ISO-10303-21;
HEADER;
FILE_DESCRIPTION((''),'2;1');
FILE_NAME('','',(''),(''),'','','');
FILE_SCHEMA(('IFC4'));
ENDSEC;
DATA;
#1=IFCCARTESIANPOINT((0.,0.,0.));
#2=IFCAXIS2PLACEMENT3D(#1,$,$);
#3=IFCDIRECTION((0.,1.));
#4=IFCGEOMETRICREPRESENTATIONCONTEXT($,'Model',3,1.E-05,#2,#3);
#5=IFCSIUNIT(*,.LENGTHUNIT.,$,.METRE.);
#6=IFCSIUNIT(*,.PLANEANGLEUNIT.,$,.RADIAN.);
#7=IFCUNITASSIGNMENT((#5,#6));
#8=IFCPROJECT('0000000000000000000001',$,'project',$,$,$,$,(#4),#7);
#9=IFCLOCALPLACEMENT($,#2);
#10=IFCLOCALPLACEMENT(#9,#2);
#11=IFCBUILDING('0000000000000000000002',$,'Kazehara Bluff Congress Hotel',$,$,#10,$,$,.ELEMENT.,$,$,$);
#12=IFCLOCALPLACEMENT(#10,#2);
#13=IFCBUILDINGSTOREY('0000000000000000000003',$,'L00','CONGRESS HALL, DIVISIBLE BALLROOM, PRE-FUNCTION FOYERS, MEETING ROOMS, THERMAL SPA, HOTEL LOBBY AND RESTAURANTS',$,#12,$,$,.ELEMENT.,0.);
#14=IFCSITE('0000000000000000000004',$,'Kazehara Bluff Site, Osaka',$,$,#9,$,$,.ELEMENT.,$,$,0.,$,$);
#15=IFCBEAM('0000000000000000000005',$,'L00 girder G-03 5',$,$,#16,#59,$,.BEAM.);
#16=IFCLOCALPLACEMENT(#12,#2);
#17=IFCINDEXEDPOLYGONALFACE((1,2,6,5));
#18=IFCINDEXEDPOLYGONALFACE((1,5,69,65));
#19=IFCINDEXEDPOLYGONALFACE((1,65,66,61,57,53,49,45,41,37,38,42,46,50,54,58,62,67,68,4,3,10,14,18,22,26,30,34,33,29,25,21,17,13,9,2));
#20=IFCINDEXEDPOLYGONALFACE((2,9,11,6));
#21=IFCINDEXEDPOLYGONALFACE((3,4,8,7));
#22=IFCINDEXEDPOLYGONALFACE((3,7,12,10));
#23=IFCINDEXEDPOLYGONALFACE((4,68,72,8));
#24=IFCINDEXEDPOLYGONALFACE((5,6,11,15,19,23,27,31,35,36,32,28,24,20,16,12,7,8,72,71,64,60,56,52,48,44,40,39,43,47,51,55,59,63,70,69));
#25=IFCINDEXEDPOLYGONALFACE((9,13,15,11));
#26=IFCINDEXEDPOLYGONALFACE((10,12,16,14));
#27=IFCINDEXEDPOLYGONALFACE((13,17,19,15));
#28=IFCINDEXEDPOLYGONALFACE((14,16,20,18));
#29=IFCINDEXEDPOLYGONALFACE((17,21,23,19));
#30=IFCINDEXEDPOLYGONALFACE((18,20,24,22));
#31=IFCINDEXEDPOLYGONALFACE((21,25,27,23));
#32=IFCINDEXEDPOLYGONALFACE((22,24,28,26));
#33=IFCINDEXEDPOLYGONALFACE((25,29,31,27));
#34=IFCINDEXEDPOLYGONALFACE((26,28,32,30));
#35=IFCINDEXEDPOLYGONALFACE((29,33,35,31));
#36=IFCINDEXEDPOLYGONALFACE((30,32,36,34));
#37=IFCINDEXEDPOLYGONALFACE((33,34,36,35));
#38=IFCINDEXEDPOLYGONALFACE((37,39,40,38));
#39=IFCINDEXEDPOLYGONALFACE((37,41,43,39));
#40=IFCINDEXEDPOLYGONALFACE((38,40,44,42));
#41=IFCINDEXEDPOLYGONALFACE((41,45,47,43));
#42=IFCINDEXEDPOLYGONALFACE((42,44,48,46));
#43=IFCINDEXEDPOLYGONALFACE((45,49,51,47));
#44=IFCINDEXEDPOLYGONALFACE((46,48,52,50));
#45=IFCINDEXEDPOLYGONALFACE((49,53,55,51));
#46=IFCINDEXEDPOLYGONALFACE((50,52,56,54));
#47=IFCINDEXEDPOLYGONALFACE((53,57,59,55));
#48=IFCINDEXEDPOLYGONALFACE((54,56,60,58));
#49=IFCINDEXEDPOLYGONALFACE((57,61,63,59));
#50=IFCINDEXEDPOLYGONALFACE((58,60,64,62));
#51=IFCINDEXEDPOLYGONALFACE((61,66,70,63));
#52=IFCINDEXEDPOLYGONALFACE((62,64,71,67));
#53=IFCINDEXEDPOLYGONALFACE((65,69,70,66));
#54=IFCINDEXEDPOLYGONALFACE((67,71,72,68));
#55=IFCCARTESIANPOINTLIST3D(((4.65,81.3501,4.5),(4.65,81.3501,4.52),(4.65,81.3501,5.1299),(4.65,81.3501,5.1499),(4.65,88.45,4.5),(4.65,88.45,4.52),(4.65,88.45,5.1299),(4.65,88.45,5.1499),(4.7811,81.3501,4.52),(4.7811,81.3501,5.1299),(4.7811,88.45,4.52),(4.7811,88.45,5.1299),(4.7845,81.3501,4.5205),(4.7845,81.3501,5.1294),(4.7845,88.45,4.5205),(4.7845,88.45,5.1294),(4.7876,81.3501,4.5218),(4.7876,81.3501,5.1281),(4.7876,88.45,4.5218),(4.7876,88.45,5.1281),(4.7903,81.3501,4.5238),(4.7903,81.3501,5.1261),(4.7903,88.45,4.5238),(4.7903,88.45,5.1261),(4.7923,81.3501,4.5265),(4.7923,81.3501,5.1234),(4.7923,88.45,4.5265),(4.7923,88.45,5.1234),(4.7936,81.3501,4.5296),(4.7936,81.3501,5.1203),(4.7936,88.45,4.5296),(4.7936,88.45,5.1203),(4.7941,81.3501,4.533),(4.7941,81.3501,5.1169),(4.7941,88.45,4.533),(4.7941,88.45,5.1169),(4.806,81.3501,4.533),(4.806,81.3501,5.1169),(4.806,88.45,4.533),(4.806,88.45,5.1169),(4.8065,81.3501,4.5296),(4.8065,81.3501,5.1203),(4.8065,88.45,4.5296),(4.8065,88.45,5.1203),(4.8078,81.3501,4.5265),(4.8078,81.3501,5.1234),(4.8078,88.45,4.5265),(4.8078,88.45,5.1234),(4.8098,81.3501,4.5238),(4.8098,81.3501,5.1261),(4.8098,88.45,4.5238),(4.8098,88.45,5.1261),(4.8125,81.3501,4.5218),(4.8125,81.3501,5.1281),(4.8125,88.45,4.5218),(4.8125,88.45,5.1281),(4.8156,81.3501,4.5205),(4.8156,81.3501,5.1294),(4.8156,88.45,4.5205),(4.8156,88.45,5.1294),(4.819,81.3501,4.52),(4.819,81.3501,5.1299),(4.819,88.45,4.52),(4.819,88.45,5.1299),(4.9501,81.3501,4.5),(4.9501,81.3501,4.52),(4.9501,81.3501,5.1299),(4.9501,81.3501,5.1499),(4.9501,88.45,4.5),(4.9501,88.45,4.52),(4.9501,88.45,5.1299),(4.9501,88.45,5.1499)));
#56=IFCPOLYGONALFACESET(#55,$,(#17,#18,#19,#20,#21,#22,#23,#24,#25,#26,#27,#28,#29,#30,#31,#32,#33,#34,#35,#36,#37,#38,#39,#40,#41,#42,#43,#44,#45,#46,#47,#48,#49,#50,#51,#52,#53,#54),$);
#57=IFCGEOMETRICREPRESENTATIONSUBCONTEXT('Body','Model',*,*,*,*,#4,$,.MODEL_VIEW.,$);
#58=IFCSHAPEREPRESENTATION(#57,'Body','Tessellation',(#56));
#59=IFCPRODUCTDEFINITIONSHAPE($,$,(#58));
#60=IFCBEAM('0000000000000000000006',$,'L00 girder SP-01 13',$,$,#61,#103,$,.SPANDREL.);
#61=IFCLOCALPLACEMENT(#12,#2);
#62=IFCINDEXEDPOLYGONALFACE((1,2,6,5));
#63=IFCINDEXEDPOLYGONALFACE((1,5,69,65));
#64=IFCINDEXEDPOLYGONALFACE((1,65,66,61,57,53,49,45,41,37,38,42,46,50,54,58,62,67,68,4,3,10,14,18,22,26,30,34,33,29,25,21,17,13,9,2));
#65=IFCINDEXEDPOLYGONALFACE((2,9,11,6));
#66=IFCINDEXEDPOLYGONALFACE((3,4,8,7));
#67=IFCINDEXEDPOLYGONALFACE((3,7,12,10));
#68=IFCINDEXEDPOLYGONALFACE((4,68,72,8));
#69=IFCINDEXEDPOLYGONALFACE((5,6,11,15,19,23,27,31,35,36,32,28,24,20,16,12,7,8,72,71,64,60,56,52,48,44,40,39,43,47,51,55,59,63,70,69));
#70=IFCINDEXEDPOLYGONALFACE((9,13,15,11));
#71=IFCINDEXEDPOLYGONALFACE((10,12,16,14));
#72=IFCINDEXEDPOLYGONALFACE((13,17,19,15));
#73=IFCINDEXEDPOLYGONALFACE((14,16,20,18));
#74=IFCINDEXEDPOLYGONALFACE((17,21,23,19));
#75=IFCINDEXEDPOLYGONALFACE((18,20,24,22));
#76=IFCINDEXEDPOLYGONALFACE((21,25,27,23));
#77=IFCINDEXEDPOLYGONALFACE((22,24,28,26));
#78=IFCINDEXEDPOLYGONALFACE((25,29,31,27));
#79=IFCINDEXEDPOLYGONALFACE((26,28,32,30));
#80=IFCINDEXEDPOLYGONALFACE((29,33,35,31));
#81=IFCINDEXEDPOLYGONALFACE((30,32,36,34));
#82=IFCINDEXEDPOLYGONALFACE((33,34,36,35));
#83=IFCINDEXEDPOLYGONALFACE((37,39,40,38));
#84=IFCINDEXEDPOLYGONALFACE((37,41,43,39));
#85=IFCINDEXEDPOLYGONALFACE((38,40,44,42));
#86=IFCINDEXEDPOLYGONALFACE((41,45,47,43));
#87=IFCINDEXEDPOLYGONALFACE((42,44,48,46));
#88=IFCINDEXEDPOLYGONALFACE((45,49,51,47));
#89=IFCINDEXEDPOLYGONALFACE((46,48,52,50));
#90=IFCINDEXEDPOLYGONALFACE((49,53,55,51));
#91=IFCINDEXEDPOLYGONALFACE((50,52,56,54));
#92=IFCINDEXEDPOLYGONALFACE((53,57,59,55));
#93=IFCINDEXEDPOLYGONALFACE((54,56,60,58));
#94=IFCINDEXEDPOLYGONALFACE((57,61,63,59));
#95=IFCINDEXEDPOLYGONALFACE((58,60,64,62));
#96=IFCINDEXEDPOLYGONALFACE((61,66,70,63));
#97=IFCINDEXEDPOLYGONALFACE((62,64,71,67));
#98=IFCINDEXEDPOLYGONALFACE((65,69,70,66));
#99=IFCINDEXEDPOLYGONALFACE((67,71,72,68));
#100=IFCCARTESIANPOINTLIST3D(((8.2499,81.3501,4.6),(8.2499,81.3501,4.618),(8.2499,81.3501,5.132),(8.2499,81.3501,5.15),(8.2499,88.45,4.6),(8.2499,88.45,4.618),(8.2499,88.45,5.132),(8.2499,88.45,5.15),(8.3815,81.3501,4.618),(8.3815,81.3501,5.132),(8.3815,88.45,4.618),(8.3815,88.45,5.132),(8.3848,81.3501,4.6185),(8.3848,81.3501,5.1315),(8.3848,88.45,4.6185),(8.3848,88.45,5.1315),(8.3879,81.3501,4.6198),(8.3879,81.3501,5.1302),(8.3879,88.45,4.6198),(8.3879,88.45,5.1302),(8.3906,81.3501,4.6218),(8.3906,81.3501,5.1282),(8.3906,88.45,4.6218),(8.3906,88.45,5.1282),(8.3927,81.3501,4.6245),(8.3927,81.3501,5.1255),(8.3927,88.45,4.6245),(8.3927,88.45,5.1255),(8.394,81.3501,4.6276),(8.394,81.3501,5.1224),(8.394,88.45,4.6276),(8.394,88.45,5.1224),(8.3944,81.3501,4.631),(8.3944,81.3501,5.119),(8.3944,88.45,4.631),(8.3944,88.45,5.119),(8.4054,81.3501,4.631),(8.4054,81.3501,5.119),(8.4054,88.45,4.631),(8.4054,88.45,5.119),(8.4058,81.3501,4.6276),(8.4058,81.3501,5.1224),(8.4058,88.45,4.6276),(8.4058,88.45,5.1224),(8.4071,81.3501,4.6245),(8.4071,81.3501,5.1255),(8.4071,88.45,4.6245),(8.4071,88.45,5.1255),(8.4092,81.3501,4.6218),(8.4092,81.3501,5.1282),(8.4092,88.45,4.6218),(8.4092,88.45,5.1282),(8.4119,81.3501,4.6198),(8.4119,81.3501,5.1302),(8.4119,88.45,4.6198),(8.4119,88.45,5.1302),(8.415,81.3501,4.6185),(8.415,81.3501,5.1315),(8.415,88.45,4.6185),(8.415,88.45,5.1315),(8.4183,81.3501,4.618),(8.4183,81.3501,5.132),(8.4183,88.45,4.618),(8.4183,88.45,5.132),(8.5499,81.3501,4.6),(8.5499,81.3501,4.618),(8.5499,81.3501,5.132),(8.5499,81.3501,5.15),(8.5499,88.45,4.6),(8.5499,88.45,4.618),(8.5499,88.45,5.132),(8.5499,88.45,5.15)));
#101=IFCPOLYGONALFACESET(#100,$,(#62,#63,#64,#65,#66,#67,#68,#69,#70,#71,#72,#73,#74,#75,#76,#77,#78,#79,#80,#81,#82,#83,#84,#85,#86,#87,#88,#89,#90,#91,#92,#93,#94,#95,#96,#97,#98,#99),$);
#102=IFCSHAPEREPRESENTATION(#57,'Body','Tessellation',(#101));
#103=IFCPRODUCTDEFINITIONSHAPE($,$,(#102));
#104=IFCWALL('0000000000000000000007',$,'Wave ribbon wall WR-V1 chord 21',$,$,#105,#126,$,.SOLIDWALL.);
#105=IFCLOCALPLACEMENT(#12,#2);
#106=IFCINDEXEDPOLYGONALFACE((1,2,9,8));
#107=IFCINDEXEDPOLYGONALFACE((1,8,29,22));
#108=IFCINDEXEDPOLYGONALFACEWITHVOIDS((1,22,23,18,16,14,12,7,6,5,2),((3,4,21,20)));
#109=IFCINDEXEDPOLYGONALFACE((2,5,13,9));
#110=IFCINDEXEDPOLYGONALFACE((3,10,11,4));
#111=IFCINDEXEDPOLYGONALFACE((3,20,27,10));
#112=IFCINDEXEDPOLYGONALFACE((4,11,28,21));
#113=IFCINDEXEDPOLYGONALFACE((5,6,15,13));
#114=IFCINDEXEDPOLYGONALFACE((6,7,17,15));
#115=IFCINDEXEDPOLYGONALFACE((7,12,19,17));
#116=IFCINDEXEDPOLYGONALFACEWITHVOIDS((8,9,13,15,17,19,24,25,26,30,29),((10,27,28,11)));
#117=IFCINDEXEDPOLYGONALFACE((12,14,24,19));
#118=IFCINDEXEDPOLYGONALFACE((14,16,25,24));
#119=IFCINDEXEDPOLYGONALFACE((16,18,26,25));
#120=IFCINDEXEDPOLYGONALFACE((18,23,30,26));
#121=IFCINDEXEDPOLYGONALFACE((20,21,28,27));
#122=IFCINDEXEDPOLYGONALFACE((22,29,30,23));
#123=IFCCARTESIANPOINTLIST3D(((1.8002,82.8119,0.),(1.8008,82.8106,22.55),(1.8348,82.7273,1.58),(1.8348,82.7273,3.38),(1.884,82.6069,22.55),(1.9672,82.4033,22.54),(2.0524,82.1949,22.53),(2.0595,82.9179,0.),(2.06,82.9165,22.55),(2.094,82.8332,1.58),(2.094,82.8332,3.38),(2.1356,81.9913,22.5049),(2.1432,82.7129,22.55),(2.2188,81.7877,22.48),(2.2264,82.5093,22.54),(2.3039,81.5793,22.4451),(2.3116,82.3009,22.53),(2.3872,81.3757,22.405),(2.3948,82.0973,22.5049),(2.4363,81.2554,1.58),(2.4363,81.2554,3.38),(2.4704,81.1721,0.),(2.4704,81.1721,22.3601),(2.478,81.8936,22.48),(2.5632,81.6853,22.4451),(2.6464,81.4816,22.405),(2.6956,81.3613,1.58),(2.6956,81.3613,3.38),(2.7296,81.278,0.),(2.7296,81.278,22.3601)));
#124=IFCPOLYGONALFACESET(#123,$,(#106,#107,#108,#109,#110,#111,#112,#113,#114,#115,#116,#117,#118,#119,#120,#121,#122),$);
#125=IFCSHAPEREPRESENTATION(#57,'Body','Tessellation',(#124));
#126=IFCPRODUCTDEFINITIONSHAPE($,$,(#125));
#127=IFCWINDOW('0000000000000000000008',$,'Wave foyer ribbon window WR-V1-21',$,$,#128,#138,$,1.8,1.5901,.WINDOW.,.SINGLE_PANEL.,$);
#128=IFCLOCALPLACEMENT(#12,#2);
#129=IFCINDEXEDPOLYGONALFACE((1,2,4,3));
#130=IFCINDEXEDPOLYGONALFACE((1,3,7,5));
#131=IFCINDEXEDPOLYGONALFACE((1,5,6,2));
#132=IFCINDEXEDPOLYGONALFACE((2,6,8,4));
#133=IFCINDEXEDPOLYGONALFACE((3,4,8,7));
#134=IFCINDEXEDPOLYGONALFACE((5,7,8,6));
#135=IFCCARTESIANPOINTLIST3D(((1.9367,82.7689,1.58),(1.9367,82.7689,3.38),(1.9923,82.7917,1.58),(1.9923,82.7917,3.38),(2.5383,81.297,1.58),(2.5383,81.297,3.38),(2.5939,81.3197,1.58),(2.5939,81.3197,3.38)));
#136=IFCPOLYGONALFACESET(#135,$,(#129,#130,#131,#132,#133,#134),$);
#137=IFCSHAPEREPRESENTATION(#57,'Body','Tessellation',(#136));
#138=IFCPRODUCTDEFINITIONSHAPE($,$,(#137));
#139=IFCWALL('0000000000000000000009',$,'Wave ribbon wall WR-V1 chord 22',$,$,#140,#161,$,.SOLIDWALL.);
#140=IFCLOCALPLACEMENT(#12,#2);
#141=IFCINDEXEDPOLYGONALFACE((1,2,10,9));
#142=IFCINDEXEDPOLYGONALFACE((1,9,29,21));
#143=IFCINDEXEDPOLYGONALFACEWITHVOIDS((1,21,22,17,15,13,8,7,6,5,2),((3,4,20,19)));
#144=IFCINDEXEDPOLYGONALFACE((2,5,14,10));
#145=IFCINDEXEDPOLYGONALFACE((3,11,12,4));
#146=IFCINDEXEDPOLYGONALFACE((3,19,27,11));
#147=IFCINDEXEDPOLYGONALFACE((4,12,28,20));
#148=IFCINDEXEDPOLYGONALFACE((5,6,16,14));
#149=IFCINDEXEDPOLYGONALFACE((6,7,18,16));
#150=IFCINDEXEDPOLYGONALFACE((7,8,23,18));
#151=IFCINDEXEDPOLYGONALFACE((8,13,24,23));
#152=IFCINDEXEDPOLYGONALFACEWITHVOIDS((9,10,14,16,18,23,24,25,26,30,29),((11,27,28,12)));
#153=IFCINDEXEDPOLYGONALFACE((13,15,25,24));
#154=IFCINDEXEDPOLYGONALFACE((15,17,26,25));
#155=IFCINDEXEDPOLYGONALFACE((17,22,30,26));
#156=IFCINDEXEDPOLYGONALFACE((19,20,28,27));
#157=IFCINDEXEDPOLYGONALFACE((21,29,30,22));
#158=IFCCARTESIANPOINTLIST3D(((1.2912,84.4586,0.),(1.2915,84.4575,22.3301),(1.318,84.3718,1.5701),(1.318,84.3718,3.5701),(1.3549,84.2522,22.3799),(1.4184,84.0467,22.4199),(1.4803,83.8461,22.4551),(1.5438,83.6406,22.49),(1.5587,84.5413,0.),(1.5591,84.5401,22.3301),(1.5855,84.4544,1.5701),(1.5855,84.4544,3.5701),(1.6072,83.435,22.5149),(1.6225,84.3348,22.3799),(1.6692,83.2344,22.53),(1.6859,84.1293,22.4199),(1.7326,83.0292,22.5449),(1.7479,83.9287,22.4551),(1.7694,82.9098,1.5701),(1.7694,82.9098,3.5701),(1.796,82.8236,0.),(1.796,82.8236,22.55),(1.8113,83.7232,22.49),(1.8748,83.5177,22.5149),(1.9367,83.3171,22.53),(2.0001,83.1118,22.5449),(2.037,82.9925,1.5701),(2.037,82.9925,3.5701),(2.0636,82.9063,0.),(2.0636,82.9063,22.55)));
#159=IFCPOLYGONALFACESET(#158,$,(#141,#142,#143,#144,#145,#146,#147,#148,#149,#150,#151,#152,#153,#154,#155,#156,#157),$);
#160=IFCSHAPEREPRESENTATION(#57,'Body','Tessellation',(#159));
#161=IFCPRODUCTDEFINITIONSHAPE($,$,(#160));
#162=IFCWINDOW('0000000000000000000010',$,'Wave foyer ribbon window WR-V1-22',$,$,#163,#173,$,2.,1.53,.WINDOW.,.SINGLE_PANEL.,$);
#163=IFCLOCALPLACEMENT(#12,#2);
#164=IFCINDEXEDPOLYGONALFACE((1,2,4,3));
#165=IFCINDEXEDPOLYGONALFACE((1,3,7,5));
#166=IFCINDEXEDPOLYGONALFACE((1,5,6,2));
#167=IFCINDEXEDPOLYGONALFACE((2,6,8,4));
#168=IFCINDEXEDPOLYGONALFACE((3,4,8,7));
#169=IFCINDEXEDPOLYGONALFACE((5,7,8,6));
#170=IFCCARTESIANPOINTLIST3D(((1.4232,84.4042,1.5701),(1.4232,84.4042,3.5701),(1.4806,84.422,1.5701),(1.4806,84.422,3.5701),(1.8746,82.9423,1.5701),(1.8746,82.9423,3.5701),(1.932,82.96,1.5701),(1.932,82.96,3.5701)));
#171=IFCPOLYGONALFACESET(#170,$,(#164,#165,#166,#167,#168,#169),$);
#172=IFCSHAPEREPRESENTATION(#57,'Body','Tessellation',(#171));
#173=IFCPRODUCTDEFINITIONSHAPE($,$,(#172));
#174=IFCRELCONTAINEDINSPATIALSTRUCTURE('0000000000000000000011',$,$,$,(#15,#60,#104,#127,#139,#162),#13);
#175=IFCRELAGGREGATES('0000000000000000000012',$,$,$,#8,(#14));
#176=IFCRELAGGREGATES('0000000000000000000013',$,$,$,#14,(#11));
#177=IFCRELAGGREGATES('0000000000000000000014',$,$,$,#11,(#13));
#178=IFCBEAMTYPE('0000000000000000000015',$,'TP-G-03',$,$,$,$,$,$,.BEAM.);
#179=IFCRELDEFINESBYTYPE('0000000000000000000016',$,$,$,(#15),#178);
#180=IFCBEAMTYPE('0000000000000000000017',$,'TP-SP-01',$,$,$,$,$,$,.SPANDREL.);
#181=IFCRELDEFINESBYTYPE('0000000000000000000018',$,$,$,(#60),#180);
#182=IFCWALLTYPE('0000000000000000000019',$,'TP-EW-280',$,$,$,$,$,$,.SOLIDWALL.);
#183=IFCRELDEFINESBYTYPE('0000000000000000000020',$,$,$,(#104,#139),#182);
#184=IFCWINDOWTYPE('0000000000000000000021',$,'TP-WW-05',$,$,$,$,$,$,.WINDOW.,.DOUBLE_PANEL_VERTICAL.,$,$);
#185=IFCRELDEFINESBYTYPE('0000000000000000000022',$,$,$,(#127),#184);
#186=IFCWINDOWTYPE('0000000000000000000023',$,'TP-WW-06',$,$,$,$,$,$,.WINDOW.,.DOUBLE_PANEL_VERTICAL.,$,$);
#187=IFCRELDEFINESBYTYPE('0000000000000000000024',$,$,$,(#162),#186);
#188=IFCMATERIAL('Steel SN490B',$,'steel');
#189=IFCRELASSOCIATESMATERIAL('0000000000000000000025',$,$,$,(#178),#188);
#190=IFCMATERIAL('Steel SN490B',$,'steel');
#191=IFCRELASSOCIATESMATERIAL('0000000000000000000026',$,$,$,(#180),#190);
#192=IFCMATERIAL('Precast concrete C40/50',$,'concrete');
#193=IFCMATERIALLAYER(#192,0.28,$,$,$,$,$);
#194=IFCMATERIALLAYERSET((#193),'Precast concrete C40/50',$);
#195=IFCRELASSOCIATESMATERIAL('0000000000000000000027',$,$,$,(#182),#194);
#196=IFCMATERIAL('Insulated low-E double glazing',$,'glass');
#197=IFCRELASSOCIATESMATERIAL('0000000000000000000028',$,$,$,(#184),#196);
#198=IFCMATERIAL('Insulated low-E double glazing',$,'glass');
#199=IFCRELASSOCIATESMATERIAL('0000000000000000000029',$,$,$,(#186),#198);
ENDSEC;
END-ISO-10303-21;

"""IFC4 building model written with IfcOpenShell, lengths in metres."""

from ifc_helpers import new_model, si_unit, direction, frame, frame_2d, origin, origin_2d, place, context, subcontext, project, spatial, polyline, rectangle, i_section, outline, extrude, material, layer, layer_set, material_profile, profile_set, type_object, element, fill, save


model = new_model("IFC4")

# Units and contexts
model_context = context("Model", 3, precision=1e-05, world=origin(), true_north=direction((0.0, 1.0)))
body_context = subcontext(model_context, "Body", "Model", "MODEL_VIEW")
ifc_project = project(units=[si_unit("LENGTHUNIT", "METRE"), si_unit("PLANEANGLEUNIT", "RADIAN")], contexts=[model_context])

# Site, building, storey
site_placement = place(None, origin())
site = spatial("IfcSite", under=ifc_project, at=site_placement, Name="Kazehara Bluff Site, Osaka", CompositionType="ELEMENT", RefElevation=0.0)
building_placement = place(site_placement, origin())
building = spatial("IfcBuilding", under=site, at=building_placement, Name="Kazehara Bluff Congress Hotel", CompositionType="ELEMENT")
storey_placement = place(building_placement, origin())
storey = spatial("IfcBuildingStorey", under=building, at=storey_placement, Name="L00", Description="CONGRESS HALL, DIVISIBLE BALLROOM, PRE-FUNCTION FOYERS, MEETING ROOMS, THERMAL SPA, HOTEL LOBBY AND RESTAURANTS", CompositionType="ELEMENT", Elevation=0.0)

# Beams
ifc_material_1 = material(Name="Steel SN490B", Category="steel")
ifc_material_profile_1 = material_profile(ifc_material_1, i_section(OverallWidth=0.3, OverallDepth=0.6499, WebThickness=0.012, FlangeThickness=0.02, FilletRadius=0.0129, at=origin_2d()))
ifc_profile_set_1 = profile_set([ifc_material_profile_1], Name="Steel SN490B")
beam_type_1 = type_object("IfcBeamType", Name="TP-G-03", PredefinedType="BEAM", material=ifc_profile_set_1)
beam_1_placement = place(storey_placement, frame((4.8, 81.3501, 4.825), z_axis=(0.0, 1.0, 0.0), x_axis=(-1.0, 0.0, 0.0)))
element("IfcBeam", 1, at=beam_1_placement, inside=storey, type_object=beam_type_1, Name="L00 girder G-03 5", PredefinedType="BEAM", context=body_context, shape_type="SweptSolid", body=[
    extrude(i_section(OverallWidth=0.3, OverallDepth=0.6499, WebThickness=0.012, FlangeThickness=0.02, FilletRadius=0.0129, at=origin_2d()), origin(), (0.0, 0.0, 1.0), 7.0999),
])
ifc_material_2 = material(Name="Steel SN490B", Category="steel")
ifc_material_profile_2 = material_profile(ifc_material_2, i_section(OverallWidth=0.3, OverallDepth=0.55, WebThickness=0.011, FlangeThickness=0.0181, FilletRadius=0.0129, at=origin_2d()))
ifc_profile_set_2 = profile_set([ifc_material_profile_2], Name="Steel SN490B")
beam_type_2 = type_object("IfcBeamType", Name="TP-SP-01", PredefinedType="SPANDREL", material=ifc_profile_set_2)
beam_2_placement = place(storey_placement, frame((8.3999, 81.3501, 4.875), z_axis=(0.0, 1.0, 0.0), x_axis=(-1.0, 0.0, 0.0)))
element("IfcBeam", 2, at=beam_2_placement, inside=storey, type_object=beam_type_2, Name="L00 girder SP-01 13", PredefinedType="SPANDREL", context=body_context, shape_type="SweptSolid", body=[
    extrude(i_section(OverallWidth=0.3, OverallDepth=0.55, WebThickness=0.011, FlangeThickness=0.0181, FilletRadius=0.0129, at=origin_2d()), origin(), (0.0, 0.0, 1.0), 7.0999),
])

# Walls, openings, windows
ifc_material_3 = material(Name="Precast concrete C40/50", Category="concrete")
ifc_layer_1 = layer(ifc_material_3, 0.28)
ifc_layer_set_1 = layer_set([ifc_layer_1], Name="Precast concrete C40/50")
wall_type = type_object("IfcWallType", Name="TP-EW-280", PredefinedType="SOLIDWALL", material=ifc_layer_set_1)
wall_1_placement = place(storey_placement, frame((2.6001, 81.2251, 0.0), z_axis=(0.0, 0.0, 1.0), x_axis=(-0.378295, 0.925685, 0.0)))
wall_1 = element("IfcWall", 3, at=wall_1_placement, inside=storey, type_object=wall_type, Name="Wave ribbon wall WR-V1 chord 21", PredefinedType="SOLIDWALL", context=body_context, shape_type="SweptSolid", body=[
    extrude(outline(polyline([(0.0, 0.0), (1.7715, 0.0), (1.77, 22.55), (1.55, 22.55), (1.3301, 22.54), (1.105, 22.53), (0.885, 22.5049), (0.665, 22.48), (0.4399, 22.4451), (0.22, 22.405), (0.0, 22.3601), (0.0, 0.0)])), frame((0.0, 0.1401, 0.0), z_axis=(0.0, -1.0, 0.0), x_axis=(1.0, 0.0, 0.0)), (0.0, 0.0, 1.0), 0.28),
])
opening_1_placement = place(wall_1_placement, frame((0.0901, 0.0, 1.5801)))
opening_1 = element("IfcOpeningElement", 4, at=opening_1_placement, cuts=wall_1, PredefinedType="OPENING", context=body_context, shape_type="SweptSolid", body=[
    extrude(rectangle(XDim=1.5901, YDim=1.8, at=frame_2d((0.7949, 0.8999))), frame((0.0, 0.1499, 0.0), z_axis=(0.0, -1.0, 0.0), x_axis=(1.0, 0.0, 0.0)), (0.0, 0.0, 1.0), 0.3),
])
ifc_material_4 = material(Name="Insulated low-E double glazing", Category="glass")
window_type_1 = type_object("IfcWindowType", Name="TP-WW-05", PartitioningType="DOUBLE_PANEL_VERTICAL", PredefinedType="WINDOW", material=ifc_material_4)
window_1_placement = place(opening_1_placement, origin())
window_1 = element("IfcWindow", 5, at=window_1_placement, inside=storey, type_object=window_type_1, Name="Wave foyer ribbon window WR-V1-21", OverallHeight=1.8, OverallWidth=1.5901, PartitioningType="SINGLE_PANEL", PredefinedType="WINDOW", context=body_context, shape_type="SweptSolid", body=[
    extrude(rectangle(XDim=1.5901, YDim=1.8, at=frame_2d((0.7949, 0.8999))), frame((0.0, 0.03, 0.0), z_axis=(0.0, -1.0, 0.0), x_axis=(1.0, 0.0, 0.0)), (0.0, 0.0, 1.0), 0.0601),
])
fill(opening_1, window_1)
wall_2_placement = place(storey_placement, frame((1.9299, 82.865, 0.0), z_axis=(0.0, 0.0, 1.0), x_axis=(-0.295048, 0.955482, 0.0)))
wall_2 = element("IfcWall", 6, at=wall_2_placement, inside=storey, type_object=wall_type, Name="Wave ribbon wall WR-V1 chord 22", PredefinedType="SOLIDWALL", context=body_context, shape_type="SweptSolid", body=[
    extrude(outline(polyline([(0.0, 0.0), (1.7112, 0.0), (1.71, 22.3301), (1.4951, 22.3799), (1.28, 22.4199), (1.0701, 22.4551), (0.855, 22.49), (0.6399, 22.5149), (0.4299, 22.53), (0.2151, 22.5449), (0.0, 22.55), (0.0, 0.0)])), frame((0.0, 0.1401, 0.0), z_axis=(0.0, -1.0, 0.0), x_axis=(1.0, 0.0, 0.0)), (0.0, 0.0, 1.0), 0.28),
])
opening_2_placement = place(wall_2_placement, frame((0.0901, 0.0, 1.5701)))
opening_2 = element("IfcOpeningElement", 7, at=opening_2_placement, cuts=wall_2, PredefinedType="OPENING", context=body_context, shape_type="SweptSolid", body=[
    extrude(rectangle(XDim=1.53, YDim=2.0, at=frame_2d((0.7651, 1.0))), frame((0.0, 0.1499, 0.0), z_axis=(0.0, -1.0, 0.0), x_axis=(1.0, 0.0, 0.0)), (0.0, 0.0, 1.0), 0.3),
])
ifc_material_5 = material(Name="Insulated low-E double glazing", Category="glass")
window_type_2 = type_object("IfcWindowType", Name="TP-WW-06", PartitioningType="DOUBLE_PANEL_VERTICAL", PredefinedType="WINDOW", material=ifc_material_5)
window_2_placement = place(opening_2_placement, origin())
window_2 = element("IfcWindow", 8, at=window_2_placement, inside=storey, type_object=window_type_2, Name="Wave foyer ribbon window WR-V1-22", OverallHeight=2.0, OverallWidth=1.53, PartitioningType="SINGLE_PANEL", PredefinedType="WINDOW", context=body_context, shape_type="SweptSolid", body=[
    extrude(rectangle(XDim=1.53, YDim=2.0, at=frame_2d((0.7651, 1.0))), frame((0.0, 0.03, 0.0), z_axis=(0.0, -1.0, 0.0), x_axis=(1.0, 0.0, 0.0)), (0.0, 0.0, 1.0), 0.0601),
])
fill(opening_2, window_2)

save(model, "model.ifc")
